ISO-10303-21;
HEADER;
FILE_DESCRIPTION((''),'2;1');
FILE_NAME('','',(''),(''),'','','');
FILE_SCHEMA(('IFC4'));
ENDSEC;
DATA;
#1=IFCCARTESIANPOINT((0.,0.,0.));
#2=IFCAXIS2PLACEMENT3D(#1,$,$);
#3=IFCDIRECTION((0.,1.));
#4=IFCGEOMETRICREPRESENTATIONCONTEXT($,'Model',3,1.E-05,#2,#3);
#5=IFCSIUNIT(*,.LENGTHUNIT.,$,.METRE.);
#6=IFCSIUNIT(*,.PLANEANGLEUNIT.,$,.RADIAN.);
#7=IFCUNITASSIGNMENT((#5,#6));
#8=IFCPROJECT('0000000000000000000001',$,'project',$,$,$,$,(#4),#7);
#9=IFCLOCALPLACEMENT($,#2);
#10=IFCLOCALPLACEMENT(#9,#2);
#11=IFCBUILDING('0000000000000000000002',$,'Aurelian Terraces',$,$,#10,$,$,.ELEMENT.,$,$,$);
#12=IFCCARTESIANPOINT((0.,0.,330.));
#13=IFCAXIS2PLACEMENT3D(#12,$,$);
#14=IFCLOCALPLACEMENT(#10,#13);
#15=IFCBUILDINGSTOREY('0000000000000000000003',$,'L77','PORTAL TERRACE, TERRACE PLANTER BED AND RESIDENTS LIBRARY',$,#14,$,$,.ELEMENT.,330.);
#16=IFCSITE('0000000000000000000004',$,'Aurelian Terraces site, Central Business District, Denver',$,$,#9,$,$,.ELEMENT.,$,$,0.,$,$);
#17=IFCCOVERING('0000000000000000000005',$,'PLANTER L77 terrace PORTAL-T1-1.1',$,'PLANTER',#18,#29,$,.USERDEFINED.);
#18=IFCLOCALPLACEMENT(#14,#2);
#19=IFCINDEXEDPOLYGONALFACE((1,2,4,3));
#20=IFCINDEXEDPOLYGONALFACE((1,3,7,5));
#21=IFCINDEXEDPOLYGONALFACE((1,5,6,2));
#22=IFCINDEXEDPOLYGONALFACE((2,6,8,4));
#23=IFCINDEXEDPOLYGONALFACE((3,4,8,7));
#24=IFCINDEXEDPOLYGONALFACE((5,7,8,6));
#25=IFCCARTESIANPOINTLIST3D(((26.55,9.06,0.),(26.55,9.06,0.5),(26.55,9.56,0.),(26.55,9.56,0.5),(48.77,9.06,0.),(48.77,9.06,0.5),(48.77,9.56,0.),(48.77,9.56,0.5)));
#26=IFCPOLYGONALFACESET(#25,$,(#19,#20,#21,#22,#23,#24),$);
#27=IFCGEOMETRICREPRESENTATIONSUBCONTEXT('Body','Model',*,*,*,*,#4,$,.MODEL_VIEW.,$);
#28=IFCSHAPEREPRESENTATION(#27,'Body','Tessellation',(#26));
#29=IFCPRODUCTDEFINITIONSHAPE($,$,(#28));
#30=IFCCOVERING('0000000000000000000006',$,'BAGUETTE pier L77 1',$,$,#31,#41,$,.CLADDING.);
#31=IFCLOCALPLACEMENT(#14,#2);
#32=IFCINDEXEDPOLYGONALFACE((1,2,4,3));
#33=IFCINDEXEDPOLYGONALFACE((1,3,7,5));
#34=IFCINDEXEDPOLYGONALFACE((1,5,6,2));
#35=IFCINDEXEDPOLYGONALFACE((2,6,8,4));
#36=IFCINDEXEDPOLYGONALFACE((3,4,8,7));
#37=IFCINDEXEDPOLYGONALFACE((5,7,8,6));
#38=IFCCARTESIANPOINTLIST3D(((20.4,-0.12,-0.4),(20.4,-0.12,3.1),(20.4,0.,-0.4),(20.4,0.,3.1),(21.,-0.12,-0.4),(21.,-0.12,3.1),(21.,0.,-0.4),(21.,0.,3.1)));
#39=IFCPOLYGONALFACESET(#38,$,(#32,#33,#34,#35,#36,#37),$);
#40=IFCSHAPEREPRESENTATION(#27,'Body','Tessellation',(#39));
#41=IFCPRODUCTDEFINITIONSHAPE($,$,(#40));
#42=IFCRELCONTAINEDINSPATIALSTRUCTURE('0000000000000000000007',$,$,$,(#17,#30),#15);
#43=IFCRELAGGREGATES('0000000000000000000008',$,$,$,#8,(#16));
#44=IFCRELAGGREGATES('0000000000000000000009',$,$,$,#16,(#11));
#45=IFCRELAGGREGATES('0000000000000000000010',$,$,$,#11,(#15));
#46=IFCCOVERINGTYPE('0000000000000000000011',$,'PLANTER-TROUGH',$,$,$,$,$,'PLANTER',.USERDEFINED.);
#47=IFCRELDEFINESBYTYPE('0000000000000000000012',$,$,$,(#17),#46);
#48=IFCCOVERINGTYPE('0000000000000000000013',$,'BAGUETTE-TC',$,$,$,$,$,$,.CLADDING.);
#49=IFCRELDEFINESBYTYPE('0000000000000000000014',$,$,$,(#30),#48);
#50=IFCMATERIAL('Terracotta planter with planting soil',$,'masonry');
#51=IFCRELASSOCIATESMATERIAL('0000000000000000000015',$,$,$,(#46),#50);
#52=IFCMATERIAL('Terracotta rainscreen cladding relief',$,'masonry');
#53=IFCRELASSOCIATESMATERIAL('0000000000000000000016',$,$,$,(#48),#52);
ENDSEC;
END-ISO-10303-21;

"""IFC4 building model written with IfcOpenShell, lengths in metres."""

from ifc_helpers import new_model, si_unit, direction, frame, origin, origin_2d, place, context, subcontext, project, spatial, rectangle, extrude, source, transform, mapped, material, type_object, element, save


model = new_model("IFC4")

# Units and contexts
model_context = context("Model", 3, precision=1e-05, world=origin(), true_north=direction((0.0, 1.0)))
body_context = subcontext(model_context, "Body", "Model", "MODEL_VIEW")
ifc_project = project(units=[si_unit("LENGTHUNIT", "METRE"), si_unit("PLANEANGLEUNIT", "RADIAN")], contexts=[model_context])

# Site, building, storey
site_placement = place(None, origin())
site = spatial("IfcSite", under=ifc_project, at=site_placement, Name="Aurelian Terraces site, Central Business District, Denver", CompositionType="ELEMENT", RefElevation=0.0)
building_placement = place(site_placement, origin())
building = spatial("IfcBuilding", under=site, at=building_placement, Name="Aurelian Terraces", CompositionType="ELEMENT")
storey_placement = place(building_placement, frame((0.0, 0.0, 330.0)))
storey = spatial("IfcBuildingStorey", under=building, at=storey_placement, Name="L77", Description="PORTAL TERRACE, TERRACE PLANTER BED AND RESIDENTS LIBRARY", CompositionType="ELEMENT", Elevation=330.0)

# Coverings
ifc_material_1 = material(Name="Terracotta planter with planting soil", Category="masonry")
covering_type_1 = type_object("IfcCoveringType", Name="PLANTER-TROUGH", ElementType="PLANTER", PredefinedType="USERDEFINED", material=ifc_material_1)
covering_1_placement = place(storey_placement, frame((37.66, 9.31, 0.0), z_axis=(0.0, 0.0, 1.0), x_axis=(1.0, 0.0, 0.0)))
element("IfcCovering", 1, at=covering_1_placement, inside=storey, type_object=covering_type_1, Name="PLANTER L77 terrace PORTAL-T1-1.1", ObjectType="PLANTER", PredefinedType="USERDEFINED", context=body_context, shape_type="SweptSolid", body=[
    extrude(rectangle(XDim=22.22, YDim=0.5, at=origin_2d()), origin(), (0.0, 0.0, 1.0), 0.5),
])
ifc_material_2 = material(Name="Terracotta rainscreen cladding relief", Category="masonry")
covering_type_2 = type_object("IfcCoveringType", Name="BAGUETTE-TC", PredefinedType="CLADDING", material=ifc_material_2)
shared_shape_1 = source(origin(), body_context, "Body", "SweptSolid", [
    extrude(rectangle(XDim=0.6, YDim=0.12, at=origin_2d()), origin(), (0.0, 0.0, 1.0), 3.5),
])
covering_2_placement = place(storey_placement, frame((20.7, -0.06, -0.4), z_axis=(0.0, 0.0, 1.0), x_axis=(1.0, 0.0, 0.0)))
element("IfcCovering", 2, at=covering_2_placement, inside=storey, type_object=covering_type_2, Name="BAGUETTE pier L77 1", PredefinedType="CLADDING", context=body_context, shape_type="MappedRepresentation", body=[
    mapped(shared_shape_1, transform((0.0, 0.0, 0.0), scale=1.0)),
])

save(model, "model.ifc")
